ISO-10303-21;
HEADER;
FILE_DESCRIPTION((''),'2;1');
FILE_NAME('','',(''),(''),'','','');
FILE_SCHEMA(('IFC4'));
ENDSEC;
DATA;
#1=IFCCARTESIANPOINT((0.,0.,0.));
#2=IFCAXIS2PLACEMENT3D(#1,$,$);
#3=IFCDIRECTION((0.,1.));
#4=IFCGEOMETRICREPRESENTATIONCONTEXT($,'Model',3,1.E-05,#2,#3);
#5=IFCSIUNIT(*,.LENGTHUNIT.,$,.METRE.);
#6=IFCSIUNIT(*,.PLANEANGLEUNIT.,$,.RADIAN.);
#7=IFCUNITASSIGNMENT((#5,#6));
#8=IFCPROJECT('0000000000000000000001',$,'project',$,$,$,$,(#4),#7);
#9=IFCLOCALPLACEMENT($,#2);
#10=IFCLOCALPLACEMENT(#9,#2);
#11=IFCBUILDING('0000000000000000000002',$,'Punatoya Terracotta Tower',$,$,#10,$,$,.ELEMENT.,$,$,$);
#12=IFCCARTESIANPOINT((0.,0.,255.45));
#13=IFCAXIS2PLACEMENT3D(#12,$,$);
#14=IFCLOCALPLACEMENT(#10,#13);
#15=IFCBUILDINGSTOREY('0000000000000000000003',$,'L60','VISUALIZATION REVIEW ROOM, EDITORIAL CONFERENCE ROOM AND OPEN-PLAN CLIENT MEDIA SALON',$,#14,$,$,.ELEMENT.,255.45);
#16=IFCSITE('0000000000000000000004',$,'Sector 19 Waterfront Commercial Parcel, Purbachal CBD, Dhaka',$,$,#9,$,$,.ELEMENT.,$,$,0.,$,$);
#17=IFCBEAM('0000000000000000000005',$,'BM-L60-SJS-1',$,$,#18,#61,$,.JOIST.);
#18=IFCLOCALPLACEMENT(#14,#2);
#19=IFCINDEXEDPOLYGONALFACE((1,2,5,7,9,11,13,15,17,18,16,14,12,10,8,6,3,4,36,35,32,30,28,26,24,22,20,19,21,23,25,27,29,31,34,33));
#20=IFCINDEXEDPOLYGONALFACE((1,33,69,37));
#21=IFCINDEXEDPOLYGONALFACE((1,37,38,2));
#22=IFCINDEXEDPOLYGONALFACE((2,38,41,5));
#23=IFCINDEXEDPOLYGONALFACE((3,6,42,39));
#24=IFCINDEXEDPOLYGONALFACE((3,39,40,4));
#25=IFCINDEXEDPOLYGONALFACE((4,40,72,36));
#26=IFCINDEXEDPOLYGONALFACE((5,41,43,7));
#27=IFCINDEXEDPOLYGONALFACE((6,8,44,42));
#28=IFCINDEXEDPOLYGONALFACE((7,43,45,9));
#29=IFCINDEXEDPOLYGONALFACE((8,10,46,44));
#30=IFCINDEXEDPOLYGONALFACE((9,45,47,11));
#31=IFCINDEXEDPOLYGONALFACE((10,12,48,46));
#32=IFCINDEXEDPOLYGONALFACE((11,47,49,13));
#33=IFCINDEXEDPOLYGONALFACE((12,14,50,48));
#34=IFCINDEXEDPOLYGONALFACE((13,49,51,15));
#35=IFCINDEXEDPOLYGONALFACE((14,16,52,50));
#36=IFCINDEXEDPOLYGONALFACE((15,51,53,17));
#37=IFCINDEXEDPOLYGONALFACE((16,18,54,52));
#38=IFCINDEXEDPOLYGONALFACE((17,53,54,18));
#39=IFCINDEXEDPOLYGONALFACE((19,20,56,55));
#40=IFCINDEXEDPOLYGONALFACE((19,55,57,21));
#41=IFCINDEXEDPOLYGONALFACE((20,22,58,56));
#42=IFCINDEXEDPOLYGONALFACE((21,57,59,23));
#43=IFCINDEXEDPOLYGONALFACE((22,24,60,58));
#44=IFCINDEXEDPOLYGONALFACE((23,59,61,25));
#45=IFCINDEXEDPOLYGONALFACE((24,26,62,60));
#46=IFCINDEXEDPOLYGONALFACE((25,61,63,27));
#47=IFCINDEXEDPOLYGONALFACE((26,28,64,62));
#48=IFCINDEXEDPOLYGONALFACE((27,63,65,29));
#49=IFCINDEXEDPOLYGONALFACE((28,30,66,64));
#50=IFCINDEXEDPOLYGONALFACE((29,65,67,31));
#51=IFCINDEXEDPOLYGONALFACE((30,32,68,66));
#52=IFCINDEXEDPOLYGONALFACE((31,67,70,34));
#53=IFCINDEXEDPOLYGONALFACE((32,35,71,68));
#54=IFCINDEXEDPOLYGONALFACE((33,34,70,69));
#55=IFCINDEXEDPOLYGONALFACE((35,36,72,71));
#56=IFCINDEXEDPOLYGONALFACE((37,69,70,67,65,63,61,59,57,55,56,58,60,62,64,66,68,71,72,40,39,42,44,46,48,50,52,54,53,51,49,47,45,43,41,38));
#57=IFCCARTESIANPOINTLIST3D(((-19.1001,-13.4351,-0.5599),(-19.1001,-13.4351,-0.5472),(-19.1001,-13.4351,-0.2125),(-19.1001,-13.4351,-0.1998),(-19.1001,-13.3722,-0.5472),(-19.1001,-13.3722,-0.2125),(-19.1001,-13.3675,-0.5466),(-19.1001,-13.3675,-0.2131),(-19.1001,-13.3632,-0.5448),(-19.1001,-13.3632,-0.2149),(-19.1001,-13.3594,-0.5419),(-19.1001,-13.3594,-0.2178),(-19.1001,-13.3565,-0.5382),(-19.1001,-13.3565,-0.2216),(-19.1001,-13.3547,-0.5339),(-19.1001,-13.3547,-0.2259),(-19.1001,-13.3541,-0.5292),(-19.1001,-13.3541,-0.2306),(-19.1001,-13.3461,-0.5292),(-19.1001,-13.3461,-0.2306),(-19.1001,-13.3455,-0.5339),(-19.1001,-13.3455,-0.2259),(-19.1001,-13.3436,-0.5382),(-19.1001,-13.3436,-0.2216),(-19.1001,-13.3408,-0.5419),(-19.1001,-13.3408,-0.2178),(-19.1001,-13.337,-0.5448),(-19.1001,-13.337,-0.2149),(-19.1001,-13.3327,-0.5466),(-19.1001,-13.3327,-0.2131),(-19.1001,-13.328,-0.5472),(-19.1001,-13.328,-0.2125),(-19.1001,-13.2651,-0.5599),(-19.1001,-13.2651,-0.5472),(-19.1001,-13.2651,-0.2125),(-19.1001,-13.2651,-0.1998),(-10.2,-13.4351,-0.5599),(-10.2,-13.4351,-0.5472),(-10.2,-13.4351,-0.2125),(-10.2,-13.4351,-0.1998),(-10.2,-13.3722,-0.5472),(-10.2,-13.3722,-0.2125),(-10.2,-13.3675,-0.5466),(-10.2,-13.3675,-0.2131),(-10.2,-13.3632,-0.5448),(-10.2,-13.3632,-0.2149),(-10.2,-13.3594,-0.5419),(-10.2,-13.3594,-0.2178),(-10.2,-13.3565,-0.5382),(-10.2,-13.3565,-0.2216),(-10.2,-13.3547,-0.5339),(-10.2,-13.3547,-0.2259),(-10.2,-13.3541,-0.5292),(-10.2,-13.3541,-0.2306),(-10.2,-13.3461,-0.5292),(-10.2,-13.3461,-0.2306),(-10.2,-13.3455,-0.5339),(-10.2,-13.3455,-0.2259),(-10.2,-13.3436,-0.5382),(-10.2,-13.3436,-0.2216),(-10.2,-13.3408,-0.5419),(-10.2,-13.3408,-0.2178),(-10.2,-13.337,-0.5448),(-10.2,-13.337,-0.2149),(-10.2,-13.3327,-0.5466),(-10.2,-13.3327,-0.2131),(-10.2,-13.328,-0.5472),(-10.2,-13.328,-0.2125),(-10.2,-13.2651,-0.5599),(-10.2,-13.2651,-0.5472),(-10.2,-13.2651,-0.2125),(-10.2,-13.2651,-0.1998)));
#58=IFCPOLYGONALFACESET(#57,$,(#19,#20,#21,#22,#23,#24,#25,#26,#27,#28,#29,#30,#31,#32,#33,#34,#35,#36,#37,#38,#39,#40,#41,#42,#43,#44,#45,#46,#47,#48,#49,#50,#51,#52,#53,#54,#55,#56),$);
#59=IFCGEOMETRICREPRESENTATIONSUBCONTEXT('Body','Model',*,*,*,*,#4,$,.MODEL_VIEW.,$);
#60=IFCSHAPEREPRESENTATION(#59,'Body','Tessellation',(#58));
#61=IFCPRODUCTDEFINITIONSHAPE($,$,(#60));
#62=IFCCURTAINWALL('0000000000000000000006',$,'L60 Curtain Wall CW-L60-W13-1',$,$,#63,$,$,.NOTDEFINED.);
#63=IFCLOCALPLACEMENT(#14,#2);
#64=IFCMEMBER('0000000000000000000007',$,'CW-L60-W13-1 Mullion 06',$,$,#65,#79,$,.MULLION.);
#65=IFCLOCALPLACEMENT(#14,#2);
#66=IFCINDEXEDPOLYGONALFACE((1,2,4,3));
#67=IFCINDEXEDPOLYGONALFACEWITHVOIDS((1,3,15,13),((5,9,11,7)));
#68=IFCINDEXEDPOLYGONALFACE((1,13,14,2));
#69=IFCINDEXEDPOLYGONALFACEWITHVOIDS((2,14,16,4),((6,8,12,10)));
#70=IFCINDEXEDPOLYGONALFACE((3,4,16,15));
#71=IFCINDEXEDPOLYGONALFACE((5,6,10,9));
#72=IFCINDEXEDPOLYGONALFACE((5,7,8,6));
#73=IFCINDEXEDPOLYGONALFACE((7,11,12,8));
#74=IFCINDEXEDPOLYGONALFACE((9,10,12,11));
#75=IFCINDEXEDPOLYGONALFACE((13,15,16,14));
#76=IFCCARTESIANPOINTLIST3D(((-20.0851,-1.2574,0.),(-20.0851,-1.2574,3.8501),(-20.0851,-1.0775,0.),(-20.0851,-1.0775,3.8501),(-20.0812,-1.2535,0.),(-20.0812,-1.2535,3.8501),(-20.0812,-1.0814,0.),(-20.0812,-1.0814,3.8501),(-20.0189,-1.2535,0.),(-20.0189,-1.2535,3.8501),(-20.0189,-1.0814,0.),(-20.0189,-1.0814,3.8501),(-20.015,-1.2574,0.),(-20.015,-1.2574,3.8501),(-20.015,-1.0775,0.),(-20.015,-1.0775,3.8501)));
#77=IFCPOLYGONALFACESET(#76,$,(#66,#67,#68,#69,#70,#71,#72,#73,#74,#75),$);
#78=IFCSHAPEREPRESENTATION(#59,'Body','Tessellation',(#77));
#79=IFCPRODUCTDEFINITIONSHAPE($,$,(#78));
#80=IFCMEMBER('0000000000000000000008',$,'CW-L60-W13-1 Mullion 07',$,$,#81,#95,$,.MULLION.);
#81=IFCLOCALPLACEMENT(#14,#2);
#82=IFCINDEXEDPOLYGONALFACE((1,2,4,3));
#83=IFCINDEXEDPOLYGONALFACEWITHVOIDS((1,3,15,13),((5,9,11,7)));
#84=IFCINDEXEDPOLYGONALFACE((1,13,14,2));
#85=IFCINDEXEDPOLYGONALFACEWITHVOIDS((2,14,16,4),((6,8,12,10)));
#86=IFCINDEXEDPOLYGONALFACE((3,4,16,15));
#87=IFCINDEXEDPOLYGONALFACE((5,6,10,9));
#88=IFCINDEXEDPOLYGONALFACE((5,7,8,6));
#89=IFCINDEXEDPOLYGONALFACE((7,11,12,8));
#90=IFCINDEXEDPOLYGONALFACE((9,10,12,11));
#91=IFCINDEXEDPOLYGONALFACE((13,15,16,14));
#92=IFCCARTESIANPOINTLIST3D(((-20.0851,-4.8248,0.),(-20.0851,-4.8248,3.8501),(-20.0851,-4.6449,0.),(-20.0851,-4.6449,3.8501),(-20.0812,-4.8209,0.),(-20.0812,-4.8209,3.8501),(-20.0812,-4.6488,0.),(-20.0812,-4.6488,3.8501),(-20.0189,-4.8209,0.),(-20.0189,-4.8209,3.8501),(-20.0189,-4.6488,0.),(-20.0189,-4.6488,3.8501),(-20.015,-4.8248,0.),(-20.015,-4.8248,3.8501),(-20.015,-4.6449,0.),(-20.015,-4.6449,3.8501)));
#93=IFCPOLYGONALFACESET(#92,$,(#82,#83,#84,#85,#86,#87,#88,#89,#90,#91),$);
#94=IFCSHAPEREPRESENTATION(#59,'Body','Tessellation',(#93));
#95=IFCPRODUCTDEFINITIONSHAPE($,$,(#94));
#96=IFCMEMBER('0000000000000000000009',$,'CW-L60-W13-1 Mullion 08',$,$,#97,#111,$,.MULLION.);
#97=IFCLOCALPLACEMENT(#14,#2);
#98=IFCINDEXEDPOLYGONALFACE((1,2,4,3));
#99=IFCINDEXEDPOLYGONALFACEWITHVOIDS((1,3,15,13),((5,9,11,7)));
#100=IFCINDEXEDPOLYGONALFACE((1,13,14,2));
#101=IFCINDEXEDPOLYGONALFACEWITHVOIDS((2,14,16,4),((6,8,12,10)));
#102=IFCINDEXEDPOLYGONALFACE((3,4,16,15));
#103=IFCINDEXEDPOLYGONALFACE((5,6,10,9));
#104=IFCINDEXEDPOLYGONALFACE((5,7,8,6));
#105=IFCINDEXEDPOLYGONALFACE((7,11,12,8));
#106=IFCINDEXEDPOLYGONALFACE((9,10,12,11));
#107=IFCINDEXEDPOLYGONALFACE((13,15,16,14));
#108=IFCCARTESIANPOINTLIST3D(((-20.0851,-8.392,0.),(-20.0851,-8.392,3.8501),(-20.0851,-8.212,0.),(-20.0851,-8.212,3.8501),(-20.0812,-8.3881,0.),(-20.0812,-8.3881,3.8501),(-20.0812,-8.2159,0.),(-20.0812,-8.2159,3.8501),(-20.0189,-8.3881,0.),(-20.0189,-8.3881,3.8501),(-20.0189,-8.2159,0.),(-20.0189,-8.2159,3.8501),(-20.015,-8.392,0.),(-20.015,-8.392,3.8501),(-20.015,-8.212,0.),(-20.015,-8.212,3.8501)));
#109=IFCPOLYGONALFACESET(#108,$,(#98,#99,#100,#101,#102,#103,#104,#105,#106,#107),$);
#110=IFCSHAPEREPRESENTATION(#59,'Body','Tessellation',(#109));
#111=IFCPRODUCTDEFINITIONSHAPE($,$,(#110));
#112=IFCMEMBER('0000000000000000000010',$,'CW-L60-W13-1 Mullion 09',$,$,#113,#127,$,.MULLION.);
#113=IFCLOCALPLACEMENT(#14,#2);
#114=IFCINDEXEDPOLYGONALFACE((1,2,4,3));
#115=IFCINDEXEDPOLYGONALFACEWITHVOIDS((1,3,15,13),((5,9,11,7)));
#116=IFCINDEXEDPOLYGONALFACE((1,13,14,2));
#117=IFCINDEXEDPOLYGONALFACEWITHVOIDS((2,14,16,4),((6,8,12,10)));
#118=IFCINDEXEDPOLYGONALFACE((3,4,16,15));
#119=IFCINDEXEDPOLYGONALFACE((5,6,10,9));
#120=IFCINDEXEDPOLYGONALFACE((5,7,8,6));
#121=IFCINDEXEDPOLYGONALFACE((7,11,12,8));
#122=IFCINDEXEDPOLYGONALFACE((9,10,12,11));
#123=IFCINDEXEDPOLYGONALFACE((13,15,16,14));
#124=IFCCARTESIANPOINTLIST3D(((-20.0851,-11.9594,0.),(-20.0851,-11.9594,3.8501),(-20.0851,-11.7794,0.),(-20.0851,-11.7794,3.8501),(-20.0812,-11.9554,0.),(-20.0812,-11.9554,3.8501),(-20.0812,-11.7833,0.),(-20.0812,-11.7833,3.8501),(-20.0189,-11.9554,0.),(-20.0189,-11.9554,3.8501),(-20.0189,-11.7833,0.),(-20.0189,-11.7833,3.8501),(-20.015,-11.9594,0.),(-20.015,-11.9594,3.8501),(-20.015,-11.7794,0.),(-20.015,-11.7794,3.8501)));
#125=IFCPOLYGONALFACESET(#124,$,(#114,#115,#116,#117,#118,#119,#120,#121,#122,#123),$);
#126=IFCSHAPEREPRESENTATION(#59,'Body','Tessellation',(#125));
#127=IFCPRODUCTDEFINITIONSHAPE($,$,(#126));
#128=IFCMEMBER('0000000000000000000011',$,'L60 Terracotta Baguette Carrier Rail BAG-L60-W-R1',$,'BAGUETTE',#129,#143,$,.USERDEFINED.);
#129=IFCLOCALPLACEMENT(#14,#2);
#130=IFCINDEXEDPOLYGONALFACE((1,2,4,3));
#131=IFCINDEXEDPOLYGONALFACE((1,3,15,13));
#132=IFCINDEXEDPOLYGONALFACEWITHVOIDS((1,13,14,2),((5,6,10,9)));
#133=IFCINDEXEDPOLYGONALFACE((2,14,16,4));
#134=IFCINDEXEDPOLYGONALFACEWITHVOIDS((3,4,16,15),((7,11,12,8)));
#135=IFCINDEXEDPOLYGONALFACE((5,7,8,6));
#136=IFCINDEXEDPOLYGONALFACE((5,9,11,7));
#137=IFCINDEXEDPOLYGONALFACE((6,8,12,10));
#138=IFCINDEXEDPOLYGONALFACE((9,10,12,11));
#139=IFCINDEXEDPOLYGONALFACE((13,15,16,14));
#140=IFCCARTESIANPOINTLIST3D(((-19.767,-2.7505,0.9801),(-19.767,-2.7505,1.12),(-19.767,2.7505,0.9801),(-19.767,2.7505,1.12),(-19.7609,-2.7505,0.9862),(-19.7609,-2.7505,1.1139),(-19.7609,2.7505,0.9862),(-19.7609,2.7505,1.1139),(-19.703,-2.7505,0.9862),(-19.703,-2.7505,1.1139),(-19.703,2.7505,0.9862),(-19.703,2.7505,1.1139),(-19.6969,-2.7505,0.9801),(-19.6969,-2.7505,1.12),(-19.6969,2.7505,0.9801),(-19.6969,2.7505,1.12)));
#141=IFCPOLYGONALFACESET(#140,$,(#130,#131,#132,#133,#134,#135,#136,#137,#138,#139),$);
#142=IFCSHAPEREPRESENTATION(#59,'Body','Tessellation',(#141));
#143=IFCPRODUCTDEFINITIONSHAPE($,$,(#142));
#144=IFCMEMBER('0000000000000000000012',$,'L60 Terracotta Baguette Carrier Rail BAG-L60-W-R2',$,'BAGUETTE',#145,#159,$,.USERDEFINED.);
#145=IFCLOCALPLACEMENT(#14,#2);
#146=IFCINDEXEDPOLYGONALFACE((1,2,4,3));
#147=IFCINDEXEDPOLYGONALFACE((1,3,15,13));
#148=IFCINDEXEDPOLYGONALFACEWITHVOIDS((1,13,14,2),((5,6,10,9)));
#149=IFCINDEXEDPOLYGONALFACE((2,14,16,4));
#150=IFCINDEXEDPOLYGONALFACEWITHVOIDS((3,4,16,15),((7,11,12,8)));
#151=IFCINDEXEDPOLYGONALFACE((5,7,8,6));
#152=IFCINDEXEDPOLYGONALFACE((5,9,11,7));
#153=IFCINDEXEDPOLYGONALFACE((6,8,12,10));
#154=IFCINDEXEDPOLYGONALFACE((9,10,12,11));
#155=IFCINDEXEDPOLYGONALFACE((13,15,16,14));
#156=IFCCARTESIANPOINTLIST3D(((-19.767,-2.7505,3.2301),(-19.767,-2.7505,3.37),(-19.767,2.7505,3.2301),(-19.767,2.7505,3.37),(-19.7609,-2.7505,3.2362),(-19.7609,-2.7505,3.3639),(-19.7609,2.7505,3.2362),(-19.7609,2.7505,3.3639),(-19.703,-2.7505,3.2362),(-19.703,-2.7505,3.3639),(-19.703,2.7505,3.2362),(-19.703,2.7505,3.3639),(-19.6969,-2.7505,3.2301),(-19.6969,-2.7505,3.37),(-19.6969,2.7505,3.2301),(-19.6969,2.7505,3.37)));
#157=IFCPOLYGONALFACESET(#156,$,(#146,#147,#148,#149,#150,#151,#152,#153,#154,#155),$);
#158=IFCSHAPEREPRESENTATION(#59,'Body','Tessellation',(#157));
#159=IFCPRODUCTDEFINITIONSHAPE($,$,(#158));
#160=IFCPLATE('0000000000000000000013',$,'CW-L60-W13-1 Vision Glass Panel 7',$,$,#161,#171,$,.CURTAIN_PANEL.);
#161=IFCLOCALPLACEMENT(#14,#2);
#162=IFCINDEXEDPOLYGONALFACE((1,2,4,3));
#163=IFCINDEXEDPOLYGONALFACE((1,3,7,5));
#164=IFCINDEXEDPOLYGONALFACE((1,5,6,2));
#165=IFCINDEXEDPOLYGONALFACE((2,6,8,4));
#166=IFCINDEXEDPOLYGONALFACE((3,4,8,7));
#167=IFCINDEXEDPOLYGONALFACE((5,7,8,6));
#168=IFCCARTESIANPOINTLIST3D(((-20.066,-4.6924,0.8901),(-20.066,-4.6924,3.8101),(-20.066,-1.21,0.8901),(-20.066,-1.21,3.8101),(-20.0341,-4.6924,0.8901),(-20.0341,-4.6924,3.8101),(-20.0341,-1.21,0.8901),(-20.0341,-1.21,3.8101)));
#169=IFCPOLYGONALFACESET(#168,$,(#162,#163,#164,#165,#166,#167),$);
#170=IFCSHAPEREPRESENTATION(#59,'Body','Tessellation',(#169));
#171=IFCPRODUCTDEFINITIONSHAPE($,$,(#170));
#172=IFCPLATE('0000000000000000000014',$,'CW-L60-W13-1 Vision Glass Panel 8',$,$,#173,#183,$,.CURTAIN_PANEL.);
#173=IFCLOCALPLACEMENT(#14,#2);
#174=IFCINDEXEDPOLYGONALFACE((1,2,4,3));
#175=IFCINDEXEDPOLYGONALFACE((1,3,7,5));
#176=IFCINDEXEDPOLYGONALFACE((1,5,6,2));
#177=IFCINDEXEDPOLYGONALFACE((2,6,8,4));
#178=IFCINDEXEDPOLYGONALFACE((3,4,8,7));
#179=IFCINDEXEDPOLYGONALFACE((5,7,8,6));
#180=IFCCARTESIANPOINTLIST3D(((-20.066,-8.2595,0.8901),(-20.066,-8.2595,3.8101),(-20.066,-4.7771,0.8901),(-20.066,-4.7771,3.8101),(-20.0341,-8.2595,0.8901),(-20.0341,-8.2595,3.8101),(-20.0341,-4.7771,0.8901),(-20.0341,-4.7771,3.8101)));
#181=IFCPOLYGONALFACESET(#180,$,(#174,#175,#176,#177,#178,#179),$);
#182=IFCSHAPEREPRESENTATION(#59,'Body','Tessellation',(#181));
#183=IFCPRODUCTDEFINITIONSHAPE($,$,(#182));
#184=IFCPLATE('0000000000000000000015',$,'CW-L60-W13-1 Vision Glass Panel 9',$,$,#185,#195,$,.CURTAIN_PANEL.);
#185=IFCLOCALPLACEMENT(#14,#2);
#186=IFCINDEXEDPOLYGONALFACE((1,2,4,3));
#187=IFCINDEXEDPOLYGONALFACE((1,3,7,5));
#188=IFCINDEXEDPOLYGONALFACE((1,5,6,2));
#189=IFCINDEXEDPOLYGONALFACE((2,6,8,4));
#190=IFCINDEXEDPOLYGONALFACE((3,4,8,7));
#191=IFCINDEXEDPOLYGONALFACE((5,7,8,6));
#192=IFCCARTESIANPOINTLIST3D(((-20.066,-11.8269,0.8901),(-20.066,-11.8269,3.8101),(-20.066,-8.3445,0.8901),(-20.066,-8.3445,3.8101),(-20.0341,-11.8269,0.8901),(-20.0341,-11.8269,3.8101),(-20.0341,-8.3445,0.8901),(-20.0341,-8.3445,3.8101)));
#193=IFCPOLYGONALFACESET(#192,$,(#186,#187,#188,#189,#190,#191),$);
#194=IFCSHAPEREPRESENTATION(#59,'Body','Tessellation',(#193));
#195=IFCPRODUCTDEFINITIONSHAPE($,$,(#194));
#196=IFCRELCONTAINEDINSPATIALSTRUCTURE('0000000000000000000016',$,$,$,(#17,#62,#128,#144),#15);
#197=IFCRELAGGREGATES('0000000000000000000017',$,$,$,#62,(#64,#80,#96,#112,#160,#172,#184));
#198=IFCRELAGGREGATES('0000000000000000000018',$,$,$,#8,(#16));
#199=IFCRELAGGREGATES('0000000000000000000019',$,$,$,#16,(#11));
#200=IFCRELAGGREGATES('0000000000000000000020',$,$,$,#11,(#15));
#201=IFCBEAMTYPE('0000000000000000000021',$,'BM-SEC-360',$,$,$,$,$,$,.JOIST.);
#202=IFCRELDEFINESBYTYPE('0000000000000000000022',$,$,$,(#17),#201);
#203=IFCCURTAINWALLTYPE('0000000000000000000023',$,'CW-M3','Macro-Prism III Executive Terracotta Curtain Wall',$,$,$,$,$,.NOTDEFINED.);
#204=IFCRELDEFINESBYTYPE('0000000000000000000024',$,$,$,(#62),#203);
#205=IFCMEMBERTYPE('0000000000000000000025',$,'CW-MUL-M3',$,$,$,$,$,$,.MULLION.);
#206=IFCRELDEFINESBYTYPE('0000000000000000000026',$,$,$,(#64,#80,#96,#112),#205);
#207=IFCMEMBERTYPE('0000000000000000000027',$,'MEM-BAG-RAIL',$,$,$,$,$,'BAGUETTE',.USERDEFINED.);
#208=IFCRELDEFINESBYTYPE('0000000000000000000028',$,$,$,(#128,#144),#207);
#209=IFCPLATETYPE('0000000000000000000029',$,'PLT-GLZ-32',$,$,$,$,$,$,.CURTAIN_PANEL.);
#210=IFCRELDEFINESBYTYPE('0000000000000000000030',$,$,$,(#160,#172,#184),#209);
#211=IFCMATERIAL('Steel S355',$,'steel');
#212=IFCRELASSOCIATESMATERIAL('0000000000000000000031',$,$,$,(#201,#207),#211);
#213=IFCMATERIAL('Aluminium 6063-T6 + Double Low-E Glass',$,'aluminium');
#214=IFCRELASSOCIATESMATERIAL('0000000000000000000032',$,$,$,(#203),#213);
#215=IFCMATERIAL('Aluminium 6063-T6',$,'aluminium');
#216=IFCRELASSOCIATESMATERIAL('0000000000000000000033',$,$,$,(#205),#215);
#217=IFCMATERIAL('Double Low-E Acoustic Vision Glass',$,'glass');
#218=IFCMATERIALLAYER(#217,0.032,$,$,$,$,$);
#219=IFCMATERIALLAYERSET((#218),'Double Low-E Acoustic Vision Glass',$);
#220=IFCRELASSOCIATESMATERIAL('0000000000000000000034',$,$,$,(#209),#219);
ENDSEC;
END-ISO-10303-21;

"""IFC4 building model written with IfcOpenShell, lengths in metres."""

from ifc_helpers import new_model, si_unit, direction, frame, origin, origin_2d, place, context, subcontext, project, spatial, rectangle, hollow_rectangle, i_section, extrude, material, layer, layer_set, material_profile, profile_set, type_object, element, aggregate, save


model = new_model("IFC4")

# Units and contexts
model_context = context("Model", 3, precision=1e-05, world=origin(), true_north=direction((0.0, 1.0)))
body_context = subcontext(model_context, "Body", "Model", "MODEL_VIEW")
ifc_project = project(units=[si_unit("LENGTHUNIT", "METRE"), si_unit("PLANEANGLEUNIT", "RADIAN")], contexts=[model_context])

# Site, building, storey
site_placement = place(None, origin())
site = spatial("IfcSite", under=ifc_project, at=site_placement, Name="Sector 19 Waterfront Commercial Parcel, Purbachal CBD, Dhaka", CompositionType="ELEMENT", RefElevation=0.0)
building_placement = place(site_placement, origin())
building = spatial("IfcBuilding", under=site, at=building_placement, Name="Punatoya Terracotta Tower", CompositionType="ELEMENT")
storey_placement = place(building_placement, frame((0.0, 0.0, 255.45)))
storey = spatial("IfcBuildingStorey", under=building, at=storey_placement, Name="L60", Description="VISUALIZATION REVIEW ROOM, EDITORIAL CONFERENCE ROOM AND OPEN-PLAN CLIENT MEDIA SALON", CompositionType="ELEMENT", Elevation=255.45)

# Beam
ifc_material_1 = material(Name="Steel S355", Category="steel")
ifc_material_profile_1 = material_profile(ifc_material_1, i_section(OverallWidth=0.1699, OverallDepth=0.3601, WebThickness=0.0081, FlangeThickness=0.0127, FilletRadius=0.0181, at=origin_2d()))
ifc_profile_set_1 = profile_set([ifc_material_profile_1], Name="Steel S355")
beam_type_1 = type_object("IfcBeamType", Name="BM-SEC-360", PredefinedType="JOIST", material=ifc_profile_set_1)
beam_1_placement = place(storey_placement, frame((-19.1001, -13.3501, -0.3799), z_axis=(1.0, 0.0, 0.0), x_axis=(0.0, 1.0, 0.0)))
element("IfcBeam", 1, at=beam_1_placement, inside=storey, type_object=beam_type_1, Name="BM-L60-SJS-1", PredefinedType="JOIST", context=body_context, shape_type="SweptSolid", body=[
    extrude(i_section(OverallWidth=0.1699, OverallDepth=0.3601, WebThickness=0.0081, FlangeThickness=0.0127, FilletRadius=0.0181, at=origin_2d()), origin(), (0.0, 0.0, 1.0), 8.9001),
])

# Curtain wall, members
ifc_material_2 = material(Name="Aluminium 6063-T6 + Double Low-E Glass", Category="aluminium")
curtain_wall_type = type_object("IfcCurtainWallType", Name="CW-M3", Description="Macro-Prism III Executive Terracotta Curtain Wall", PredefinedType="NOTDEFINED", material=ifc_material_2)
curtain_wall_placement = place(storey_placement, origin())
curtain_wall = element("IfcCurtainWall", 2, at=curtain_wall_placement, inside=storey, type_object=curtain_wall_type, Name="L60 Curtain Wall CW-L60-W13-1", PredefinedType="NOTDEFINED")
ifc_material_3 = material(Name="Aluminium 6063-T6", Category="aluminium")
ifc_material_profile_2 = material_profile(ifc_material_3, hollow_rectangle(XDim=0.0701, YDim=0.1799, WallThickness=0.0039, at=origin_2d()))
ifc_profile_set_2 = profile_set([ifc_material_profile_2], Name="Aluminium 6063-T6")
member_type_1 = type_object("IfcMemberType", Name="CW-MUL-M3", PredefinedType="MULLION", material=ifc_profile_set_2)
member_1_placement = place(storey_placement, frame((-20.05, -1.1675, 0.0), z_axis=(0.0, 0.0, 1.0), x_axis=(1.0, 0.0, 0.0)))
member_1 = element("IfcMember", 3, at=member_1_placement, type_object=member_type_1, Name="CW-L60-W13-1 Mullion 06", PredefinedType="MULLION", context=body_context, shape_type="SweptSolid", body=[
    extrude(hollow_rectangle(XDim=0.0701, YDim=0.1799, WallThickness=0.0039, at=origin_2d()), origin(), (0.0, 0.0, 1.0), 3.8501),
])
member_2_placement = place(storey_placement, frame((-20.05, -4.7349, 0.0), z_axis=(0.0, 0.0, 1.0), x_axis=(1.0, 0.0, 0.0)))
member_2 = element("IfcMember", 4, at=member_2_placement, type_object=member_type_1, Name="CW-L60-W13-1 Mullion 07", PredefinedType="MULLION", context=body_context, shape_type="SweptSolid", body=[
    extrude(hollow_rectangle(XDim=0.0701, YDim=0.1799, WallThickness=0.0039, at=origin_2d()), origin(), (0.0, 0.0, 1.0), 3.8501),
])
member_3_placement = place(storey_placement, frame((-20.05, -8.302, 0.0), z_axis=(0.0, 0.0, 1.0), x_axis=(1.0, 0.0, 0.0)))
member_3 = element("IfcMember", 5, at=member_3_placement, type_object=member_type_1, Name="CW-L60-W13-1 Mullion 08", PredefinedType="MULLION", context=body_context, shape_type="SweptSolid", body=[
    extrude(hollow_rectangle(XDim=0.0701, YDim=0.1799, WallThickness=0.0039, at=origin_2d()), origin(), (0.0, 0.0, 1.0), 3.8501),
])
member_4_placement = place(storey_placement, frame((-20.05, -11.8694, 0.0), z_axis=(0.0, 0.0, 1.0), x_axis=(1.0, 0.0, 0.0)))
member_4 = element("IfcMember", 6, at=member_4_placement, type_object=member_type_1, Name="CW-L60-W13-1 Mullion 09", PredefinedType="MULLION", context=body_context, shape_type="SweptSolid", body=[
    extrude(hollow_rectangle(XDim=0.0701, YDim=0.1799, WallThickness=0.0039, at=origin_2d()), origin(), (0.0, 0.0, 1.0), 3.8501),
])

# Members
ifc_material_profile_3 = material_profile(ifc_material_1, hollow_rectangle(XDim=0.0701, YDim=0.1399, WallThickness=0.0061, at=origin_2d()))
ifc_profile_set_3 = profile_set([ifc_material_profile_3], Name="Steel S355")
member_type_2 = type_object("IfcMemberType", Name="MEM-BAG-RAIL", ElementType="BAGUETTE", PredefinedType="USERDEFINED", material=ifc_profile_set_3)
for number, where, z_axis, x_axis, name in (
    (7, (-19.7319, -2.7505, 1.05), (0.0, 1.0, 0.0), (-1.0, 0.0, 0.0), "L60 Terracotta Baguette Carrier Rail BAG-L60-W-R1"),
    (8, (-19.7319, -2.7505, 3.3), (0.0, 1.0, 0.0), (-1.0, 0.0, 0.0), "L60 Terracotta Baguette Carrier Rail BAG-L60-W-R2"),
):
    element("IfcMember", number, at=place(storey_placement, frame(where, z_axis=z_axis, x_axis=x_axis)), inside=storey, type_object=member_type_2, Name=name, ObjectType="BAGUETTE", PredefinedType="USERDEFINED", context=body_context, shape_type="SweptSolid", body=[
        extrude(hollow_rectangle(XDim=0.0701, YDim=0.1399, WallThickness=0.0061, at=origin_2d()), origin(), (0.0, 0.0, 1.0), 5.501),
    ])

# Plates
ifc_material_4 = material(Name="Double Low-E Acoustic Vision Glass", Category="glass")
ifc_layer_1 = layer(ifc_material_4, 0.032)
ifc_layer_set_1 = layer_set([ifc_layer_1], Name="Double Low-E Acoustic Vision Glass")
plate_type_1 = type_object("IfcPlateType", Name="PLT-GLZ-32", PredefinedType="CURTAIN_PANEL", material=ifc_layer_set_1)
plate_1_placement = place(storey_placement, frame((-20.05, -2.9512, 0.8901), z_axis=(0.0, 0.0, 1.0), x_axis=(0.0, -1.0, 0.0)))
plate_1 = element("IfcPlate", 9, at=plate_1_placement, type_object=plate_type_1, Name="CW-L60-W13-1 Vision Glass Panel 7", PredefinedType="CURTAIN_PANEL", context=body_context, shape_type="SweptSolid", body=[
    extrude(rectangle(XDim=3.4824, YDim=0.032, at=origin_2d()), origin(), (0.0, 0.0, 1.0), 2.9199),
])
plate_2_placement = place(storey_placement, frame((-20.05, -6.5183, 0.8901), z_axis=(0.0, 0.0, 1.0), x_axis=(0.0, -1.0, 0.0)))
plate_2 = element("IfcPlate", 10, at=plate_2_placement, type_object=plate_type_1, Name="CW-L60-W13-1 Vision Glass Panel 8", PredefinedType="CURTAIN_PANEL", context=body_context, shape_type="SweptSolid", body=[
    extrude(rectangle(XDim=3.4824, YDim=0.032, at=origin_2d()), origin(), (0.0, 0.0, 1.0), 2.9199),
])
plate_3_placement = place(storey_placement, frame((-20.05, -10.0857, 0.8901), z_axis=(0.0, 0.0, 1.0), x_axis=(0.0, -1.0, 0.0)))
plate_3 = element("IfcPlate", 11, at=plate_3_placement, type_object=plate_type_1, Name="CW-L60-W13-1 Vision Glass Panel 9", PredefinedType="CURTAIN_PANEL", context=body_context, shape_type="SweptSolid", body=[
    extrude(rectangle(XDim=3.4824, YDim=0.032, at=origin_2d()), origin(), (0.0, 0.0, 1.0), 2.9199),
])
aggregate(curtain_wall, [member_1, member_2, member_3, member_4, plate_1, plate_2, plate_3])

save(model, "model.ifc")
